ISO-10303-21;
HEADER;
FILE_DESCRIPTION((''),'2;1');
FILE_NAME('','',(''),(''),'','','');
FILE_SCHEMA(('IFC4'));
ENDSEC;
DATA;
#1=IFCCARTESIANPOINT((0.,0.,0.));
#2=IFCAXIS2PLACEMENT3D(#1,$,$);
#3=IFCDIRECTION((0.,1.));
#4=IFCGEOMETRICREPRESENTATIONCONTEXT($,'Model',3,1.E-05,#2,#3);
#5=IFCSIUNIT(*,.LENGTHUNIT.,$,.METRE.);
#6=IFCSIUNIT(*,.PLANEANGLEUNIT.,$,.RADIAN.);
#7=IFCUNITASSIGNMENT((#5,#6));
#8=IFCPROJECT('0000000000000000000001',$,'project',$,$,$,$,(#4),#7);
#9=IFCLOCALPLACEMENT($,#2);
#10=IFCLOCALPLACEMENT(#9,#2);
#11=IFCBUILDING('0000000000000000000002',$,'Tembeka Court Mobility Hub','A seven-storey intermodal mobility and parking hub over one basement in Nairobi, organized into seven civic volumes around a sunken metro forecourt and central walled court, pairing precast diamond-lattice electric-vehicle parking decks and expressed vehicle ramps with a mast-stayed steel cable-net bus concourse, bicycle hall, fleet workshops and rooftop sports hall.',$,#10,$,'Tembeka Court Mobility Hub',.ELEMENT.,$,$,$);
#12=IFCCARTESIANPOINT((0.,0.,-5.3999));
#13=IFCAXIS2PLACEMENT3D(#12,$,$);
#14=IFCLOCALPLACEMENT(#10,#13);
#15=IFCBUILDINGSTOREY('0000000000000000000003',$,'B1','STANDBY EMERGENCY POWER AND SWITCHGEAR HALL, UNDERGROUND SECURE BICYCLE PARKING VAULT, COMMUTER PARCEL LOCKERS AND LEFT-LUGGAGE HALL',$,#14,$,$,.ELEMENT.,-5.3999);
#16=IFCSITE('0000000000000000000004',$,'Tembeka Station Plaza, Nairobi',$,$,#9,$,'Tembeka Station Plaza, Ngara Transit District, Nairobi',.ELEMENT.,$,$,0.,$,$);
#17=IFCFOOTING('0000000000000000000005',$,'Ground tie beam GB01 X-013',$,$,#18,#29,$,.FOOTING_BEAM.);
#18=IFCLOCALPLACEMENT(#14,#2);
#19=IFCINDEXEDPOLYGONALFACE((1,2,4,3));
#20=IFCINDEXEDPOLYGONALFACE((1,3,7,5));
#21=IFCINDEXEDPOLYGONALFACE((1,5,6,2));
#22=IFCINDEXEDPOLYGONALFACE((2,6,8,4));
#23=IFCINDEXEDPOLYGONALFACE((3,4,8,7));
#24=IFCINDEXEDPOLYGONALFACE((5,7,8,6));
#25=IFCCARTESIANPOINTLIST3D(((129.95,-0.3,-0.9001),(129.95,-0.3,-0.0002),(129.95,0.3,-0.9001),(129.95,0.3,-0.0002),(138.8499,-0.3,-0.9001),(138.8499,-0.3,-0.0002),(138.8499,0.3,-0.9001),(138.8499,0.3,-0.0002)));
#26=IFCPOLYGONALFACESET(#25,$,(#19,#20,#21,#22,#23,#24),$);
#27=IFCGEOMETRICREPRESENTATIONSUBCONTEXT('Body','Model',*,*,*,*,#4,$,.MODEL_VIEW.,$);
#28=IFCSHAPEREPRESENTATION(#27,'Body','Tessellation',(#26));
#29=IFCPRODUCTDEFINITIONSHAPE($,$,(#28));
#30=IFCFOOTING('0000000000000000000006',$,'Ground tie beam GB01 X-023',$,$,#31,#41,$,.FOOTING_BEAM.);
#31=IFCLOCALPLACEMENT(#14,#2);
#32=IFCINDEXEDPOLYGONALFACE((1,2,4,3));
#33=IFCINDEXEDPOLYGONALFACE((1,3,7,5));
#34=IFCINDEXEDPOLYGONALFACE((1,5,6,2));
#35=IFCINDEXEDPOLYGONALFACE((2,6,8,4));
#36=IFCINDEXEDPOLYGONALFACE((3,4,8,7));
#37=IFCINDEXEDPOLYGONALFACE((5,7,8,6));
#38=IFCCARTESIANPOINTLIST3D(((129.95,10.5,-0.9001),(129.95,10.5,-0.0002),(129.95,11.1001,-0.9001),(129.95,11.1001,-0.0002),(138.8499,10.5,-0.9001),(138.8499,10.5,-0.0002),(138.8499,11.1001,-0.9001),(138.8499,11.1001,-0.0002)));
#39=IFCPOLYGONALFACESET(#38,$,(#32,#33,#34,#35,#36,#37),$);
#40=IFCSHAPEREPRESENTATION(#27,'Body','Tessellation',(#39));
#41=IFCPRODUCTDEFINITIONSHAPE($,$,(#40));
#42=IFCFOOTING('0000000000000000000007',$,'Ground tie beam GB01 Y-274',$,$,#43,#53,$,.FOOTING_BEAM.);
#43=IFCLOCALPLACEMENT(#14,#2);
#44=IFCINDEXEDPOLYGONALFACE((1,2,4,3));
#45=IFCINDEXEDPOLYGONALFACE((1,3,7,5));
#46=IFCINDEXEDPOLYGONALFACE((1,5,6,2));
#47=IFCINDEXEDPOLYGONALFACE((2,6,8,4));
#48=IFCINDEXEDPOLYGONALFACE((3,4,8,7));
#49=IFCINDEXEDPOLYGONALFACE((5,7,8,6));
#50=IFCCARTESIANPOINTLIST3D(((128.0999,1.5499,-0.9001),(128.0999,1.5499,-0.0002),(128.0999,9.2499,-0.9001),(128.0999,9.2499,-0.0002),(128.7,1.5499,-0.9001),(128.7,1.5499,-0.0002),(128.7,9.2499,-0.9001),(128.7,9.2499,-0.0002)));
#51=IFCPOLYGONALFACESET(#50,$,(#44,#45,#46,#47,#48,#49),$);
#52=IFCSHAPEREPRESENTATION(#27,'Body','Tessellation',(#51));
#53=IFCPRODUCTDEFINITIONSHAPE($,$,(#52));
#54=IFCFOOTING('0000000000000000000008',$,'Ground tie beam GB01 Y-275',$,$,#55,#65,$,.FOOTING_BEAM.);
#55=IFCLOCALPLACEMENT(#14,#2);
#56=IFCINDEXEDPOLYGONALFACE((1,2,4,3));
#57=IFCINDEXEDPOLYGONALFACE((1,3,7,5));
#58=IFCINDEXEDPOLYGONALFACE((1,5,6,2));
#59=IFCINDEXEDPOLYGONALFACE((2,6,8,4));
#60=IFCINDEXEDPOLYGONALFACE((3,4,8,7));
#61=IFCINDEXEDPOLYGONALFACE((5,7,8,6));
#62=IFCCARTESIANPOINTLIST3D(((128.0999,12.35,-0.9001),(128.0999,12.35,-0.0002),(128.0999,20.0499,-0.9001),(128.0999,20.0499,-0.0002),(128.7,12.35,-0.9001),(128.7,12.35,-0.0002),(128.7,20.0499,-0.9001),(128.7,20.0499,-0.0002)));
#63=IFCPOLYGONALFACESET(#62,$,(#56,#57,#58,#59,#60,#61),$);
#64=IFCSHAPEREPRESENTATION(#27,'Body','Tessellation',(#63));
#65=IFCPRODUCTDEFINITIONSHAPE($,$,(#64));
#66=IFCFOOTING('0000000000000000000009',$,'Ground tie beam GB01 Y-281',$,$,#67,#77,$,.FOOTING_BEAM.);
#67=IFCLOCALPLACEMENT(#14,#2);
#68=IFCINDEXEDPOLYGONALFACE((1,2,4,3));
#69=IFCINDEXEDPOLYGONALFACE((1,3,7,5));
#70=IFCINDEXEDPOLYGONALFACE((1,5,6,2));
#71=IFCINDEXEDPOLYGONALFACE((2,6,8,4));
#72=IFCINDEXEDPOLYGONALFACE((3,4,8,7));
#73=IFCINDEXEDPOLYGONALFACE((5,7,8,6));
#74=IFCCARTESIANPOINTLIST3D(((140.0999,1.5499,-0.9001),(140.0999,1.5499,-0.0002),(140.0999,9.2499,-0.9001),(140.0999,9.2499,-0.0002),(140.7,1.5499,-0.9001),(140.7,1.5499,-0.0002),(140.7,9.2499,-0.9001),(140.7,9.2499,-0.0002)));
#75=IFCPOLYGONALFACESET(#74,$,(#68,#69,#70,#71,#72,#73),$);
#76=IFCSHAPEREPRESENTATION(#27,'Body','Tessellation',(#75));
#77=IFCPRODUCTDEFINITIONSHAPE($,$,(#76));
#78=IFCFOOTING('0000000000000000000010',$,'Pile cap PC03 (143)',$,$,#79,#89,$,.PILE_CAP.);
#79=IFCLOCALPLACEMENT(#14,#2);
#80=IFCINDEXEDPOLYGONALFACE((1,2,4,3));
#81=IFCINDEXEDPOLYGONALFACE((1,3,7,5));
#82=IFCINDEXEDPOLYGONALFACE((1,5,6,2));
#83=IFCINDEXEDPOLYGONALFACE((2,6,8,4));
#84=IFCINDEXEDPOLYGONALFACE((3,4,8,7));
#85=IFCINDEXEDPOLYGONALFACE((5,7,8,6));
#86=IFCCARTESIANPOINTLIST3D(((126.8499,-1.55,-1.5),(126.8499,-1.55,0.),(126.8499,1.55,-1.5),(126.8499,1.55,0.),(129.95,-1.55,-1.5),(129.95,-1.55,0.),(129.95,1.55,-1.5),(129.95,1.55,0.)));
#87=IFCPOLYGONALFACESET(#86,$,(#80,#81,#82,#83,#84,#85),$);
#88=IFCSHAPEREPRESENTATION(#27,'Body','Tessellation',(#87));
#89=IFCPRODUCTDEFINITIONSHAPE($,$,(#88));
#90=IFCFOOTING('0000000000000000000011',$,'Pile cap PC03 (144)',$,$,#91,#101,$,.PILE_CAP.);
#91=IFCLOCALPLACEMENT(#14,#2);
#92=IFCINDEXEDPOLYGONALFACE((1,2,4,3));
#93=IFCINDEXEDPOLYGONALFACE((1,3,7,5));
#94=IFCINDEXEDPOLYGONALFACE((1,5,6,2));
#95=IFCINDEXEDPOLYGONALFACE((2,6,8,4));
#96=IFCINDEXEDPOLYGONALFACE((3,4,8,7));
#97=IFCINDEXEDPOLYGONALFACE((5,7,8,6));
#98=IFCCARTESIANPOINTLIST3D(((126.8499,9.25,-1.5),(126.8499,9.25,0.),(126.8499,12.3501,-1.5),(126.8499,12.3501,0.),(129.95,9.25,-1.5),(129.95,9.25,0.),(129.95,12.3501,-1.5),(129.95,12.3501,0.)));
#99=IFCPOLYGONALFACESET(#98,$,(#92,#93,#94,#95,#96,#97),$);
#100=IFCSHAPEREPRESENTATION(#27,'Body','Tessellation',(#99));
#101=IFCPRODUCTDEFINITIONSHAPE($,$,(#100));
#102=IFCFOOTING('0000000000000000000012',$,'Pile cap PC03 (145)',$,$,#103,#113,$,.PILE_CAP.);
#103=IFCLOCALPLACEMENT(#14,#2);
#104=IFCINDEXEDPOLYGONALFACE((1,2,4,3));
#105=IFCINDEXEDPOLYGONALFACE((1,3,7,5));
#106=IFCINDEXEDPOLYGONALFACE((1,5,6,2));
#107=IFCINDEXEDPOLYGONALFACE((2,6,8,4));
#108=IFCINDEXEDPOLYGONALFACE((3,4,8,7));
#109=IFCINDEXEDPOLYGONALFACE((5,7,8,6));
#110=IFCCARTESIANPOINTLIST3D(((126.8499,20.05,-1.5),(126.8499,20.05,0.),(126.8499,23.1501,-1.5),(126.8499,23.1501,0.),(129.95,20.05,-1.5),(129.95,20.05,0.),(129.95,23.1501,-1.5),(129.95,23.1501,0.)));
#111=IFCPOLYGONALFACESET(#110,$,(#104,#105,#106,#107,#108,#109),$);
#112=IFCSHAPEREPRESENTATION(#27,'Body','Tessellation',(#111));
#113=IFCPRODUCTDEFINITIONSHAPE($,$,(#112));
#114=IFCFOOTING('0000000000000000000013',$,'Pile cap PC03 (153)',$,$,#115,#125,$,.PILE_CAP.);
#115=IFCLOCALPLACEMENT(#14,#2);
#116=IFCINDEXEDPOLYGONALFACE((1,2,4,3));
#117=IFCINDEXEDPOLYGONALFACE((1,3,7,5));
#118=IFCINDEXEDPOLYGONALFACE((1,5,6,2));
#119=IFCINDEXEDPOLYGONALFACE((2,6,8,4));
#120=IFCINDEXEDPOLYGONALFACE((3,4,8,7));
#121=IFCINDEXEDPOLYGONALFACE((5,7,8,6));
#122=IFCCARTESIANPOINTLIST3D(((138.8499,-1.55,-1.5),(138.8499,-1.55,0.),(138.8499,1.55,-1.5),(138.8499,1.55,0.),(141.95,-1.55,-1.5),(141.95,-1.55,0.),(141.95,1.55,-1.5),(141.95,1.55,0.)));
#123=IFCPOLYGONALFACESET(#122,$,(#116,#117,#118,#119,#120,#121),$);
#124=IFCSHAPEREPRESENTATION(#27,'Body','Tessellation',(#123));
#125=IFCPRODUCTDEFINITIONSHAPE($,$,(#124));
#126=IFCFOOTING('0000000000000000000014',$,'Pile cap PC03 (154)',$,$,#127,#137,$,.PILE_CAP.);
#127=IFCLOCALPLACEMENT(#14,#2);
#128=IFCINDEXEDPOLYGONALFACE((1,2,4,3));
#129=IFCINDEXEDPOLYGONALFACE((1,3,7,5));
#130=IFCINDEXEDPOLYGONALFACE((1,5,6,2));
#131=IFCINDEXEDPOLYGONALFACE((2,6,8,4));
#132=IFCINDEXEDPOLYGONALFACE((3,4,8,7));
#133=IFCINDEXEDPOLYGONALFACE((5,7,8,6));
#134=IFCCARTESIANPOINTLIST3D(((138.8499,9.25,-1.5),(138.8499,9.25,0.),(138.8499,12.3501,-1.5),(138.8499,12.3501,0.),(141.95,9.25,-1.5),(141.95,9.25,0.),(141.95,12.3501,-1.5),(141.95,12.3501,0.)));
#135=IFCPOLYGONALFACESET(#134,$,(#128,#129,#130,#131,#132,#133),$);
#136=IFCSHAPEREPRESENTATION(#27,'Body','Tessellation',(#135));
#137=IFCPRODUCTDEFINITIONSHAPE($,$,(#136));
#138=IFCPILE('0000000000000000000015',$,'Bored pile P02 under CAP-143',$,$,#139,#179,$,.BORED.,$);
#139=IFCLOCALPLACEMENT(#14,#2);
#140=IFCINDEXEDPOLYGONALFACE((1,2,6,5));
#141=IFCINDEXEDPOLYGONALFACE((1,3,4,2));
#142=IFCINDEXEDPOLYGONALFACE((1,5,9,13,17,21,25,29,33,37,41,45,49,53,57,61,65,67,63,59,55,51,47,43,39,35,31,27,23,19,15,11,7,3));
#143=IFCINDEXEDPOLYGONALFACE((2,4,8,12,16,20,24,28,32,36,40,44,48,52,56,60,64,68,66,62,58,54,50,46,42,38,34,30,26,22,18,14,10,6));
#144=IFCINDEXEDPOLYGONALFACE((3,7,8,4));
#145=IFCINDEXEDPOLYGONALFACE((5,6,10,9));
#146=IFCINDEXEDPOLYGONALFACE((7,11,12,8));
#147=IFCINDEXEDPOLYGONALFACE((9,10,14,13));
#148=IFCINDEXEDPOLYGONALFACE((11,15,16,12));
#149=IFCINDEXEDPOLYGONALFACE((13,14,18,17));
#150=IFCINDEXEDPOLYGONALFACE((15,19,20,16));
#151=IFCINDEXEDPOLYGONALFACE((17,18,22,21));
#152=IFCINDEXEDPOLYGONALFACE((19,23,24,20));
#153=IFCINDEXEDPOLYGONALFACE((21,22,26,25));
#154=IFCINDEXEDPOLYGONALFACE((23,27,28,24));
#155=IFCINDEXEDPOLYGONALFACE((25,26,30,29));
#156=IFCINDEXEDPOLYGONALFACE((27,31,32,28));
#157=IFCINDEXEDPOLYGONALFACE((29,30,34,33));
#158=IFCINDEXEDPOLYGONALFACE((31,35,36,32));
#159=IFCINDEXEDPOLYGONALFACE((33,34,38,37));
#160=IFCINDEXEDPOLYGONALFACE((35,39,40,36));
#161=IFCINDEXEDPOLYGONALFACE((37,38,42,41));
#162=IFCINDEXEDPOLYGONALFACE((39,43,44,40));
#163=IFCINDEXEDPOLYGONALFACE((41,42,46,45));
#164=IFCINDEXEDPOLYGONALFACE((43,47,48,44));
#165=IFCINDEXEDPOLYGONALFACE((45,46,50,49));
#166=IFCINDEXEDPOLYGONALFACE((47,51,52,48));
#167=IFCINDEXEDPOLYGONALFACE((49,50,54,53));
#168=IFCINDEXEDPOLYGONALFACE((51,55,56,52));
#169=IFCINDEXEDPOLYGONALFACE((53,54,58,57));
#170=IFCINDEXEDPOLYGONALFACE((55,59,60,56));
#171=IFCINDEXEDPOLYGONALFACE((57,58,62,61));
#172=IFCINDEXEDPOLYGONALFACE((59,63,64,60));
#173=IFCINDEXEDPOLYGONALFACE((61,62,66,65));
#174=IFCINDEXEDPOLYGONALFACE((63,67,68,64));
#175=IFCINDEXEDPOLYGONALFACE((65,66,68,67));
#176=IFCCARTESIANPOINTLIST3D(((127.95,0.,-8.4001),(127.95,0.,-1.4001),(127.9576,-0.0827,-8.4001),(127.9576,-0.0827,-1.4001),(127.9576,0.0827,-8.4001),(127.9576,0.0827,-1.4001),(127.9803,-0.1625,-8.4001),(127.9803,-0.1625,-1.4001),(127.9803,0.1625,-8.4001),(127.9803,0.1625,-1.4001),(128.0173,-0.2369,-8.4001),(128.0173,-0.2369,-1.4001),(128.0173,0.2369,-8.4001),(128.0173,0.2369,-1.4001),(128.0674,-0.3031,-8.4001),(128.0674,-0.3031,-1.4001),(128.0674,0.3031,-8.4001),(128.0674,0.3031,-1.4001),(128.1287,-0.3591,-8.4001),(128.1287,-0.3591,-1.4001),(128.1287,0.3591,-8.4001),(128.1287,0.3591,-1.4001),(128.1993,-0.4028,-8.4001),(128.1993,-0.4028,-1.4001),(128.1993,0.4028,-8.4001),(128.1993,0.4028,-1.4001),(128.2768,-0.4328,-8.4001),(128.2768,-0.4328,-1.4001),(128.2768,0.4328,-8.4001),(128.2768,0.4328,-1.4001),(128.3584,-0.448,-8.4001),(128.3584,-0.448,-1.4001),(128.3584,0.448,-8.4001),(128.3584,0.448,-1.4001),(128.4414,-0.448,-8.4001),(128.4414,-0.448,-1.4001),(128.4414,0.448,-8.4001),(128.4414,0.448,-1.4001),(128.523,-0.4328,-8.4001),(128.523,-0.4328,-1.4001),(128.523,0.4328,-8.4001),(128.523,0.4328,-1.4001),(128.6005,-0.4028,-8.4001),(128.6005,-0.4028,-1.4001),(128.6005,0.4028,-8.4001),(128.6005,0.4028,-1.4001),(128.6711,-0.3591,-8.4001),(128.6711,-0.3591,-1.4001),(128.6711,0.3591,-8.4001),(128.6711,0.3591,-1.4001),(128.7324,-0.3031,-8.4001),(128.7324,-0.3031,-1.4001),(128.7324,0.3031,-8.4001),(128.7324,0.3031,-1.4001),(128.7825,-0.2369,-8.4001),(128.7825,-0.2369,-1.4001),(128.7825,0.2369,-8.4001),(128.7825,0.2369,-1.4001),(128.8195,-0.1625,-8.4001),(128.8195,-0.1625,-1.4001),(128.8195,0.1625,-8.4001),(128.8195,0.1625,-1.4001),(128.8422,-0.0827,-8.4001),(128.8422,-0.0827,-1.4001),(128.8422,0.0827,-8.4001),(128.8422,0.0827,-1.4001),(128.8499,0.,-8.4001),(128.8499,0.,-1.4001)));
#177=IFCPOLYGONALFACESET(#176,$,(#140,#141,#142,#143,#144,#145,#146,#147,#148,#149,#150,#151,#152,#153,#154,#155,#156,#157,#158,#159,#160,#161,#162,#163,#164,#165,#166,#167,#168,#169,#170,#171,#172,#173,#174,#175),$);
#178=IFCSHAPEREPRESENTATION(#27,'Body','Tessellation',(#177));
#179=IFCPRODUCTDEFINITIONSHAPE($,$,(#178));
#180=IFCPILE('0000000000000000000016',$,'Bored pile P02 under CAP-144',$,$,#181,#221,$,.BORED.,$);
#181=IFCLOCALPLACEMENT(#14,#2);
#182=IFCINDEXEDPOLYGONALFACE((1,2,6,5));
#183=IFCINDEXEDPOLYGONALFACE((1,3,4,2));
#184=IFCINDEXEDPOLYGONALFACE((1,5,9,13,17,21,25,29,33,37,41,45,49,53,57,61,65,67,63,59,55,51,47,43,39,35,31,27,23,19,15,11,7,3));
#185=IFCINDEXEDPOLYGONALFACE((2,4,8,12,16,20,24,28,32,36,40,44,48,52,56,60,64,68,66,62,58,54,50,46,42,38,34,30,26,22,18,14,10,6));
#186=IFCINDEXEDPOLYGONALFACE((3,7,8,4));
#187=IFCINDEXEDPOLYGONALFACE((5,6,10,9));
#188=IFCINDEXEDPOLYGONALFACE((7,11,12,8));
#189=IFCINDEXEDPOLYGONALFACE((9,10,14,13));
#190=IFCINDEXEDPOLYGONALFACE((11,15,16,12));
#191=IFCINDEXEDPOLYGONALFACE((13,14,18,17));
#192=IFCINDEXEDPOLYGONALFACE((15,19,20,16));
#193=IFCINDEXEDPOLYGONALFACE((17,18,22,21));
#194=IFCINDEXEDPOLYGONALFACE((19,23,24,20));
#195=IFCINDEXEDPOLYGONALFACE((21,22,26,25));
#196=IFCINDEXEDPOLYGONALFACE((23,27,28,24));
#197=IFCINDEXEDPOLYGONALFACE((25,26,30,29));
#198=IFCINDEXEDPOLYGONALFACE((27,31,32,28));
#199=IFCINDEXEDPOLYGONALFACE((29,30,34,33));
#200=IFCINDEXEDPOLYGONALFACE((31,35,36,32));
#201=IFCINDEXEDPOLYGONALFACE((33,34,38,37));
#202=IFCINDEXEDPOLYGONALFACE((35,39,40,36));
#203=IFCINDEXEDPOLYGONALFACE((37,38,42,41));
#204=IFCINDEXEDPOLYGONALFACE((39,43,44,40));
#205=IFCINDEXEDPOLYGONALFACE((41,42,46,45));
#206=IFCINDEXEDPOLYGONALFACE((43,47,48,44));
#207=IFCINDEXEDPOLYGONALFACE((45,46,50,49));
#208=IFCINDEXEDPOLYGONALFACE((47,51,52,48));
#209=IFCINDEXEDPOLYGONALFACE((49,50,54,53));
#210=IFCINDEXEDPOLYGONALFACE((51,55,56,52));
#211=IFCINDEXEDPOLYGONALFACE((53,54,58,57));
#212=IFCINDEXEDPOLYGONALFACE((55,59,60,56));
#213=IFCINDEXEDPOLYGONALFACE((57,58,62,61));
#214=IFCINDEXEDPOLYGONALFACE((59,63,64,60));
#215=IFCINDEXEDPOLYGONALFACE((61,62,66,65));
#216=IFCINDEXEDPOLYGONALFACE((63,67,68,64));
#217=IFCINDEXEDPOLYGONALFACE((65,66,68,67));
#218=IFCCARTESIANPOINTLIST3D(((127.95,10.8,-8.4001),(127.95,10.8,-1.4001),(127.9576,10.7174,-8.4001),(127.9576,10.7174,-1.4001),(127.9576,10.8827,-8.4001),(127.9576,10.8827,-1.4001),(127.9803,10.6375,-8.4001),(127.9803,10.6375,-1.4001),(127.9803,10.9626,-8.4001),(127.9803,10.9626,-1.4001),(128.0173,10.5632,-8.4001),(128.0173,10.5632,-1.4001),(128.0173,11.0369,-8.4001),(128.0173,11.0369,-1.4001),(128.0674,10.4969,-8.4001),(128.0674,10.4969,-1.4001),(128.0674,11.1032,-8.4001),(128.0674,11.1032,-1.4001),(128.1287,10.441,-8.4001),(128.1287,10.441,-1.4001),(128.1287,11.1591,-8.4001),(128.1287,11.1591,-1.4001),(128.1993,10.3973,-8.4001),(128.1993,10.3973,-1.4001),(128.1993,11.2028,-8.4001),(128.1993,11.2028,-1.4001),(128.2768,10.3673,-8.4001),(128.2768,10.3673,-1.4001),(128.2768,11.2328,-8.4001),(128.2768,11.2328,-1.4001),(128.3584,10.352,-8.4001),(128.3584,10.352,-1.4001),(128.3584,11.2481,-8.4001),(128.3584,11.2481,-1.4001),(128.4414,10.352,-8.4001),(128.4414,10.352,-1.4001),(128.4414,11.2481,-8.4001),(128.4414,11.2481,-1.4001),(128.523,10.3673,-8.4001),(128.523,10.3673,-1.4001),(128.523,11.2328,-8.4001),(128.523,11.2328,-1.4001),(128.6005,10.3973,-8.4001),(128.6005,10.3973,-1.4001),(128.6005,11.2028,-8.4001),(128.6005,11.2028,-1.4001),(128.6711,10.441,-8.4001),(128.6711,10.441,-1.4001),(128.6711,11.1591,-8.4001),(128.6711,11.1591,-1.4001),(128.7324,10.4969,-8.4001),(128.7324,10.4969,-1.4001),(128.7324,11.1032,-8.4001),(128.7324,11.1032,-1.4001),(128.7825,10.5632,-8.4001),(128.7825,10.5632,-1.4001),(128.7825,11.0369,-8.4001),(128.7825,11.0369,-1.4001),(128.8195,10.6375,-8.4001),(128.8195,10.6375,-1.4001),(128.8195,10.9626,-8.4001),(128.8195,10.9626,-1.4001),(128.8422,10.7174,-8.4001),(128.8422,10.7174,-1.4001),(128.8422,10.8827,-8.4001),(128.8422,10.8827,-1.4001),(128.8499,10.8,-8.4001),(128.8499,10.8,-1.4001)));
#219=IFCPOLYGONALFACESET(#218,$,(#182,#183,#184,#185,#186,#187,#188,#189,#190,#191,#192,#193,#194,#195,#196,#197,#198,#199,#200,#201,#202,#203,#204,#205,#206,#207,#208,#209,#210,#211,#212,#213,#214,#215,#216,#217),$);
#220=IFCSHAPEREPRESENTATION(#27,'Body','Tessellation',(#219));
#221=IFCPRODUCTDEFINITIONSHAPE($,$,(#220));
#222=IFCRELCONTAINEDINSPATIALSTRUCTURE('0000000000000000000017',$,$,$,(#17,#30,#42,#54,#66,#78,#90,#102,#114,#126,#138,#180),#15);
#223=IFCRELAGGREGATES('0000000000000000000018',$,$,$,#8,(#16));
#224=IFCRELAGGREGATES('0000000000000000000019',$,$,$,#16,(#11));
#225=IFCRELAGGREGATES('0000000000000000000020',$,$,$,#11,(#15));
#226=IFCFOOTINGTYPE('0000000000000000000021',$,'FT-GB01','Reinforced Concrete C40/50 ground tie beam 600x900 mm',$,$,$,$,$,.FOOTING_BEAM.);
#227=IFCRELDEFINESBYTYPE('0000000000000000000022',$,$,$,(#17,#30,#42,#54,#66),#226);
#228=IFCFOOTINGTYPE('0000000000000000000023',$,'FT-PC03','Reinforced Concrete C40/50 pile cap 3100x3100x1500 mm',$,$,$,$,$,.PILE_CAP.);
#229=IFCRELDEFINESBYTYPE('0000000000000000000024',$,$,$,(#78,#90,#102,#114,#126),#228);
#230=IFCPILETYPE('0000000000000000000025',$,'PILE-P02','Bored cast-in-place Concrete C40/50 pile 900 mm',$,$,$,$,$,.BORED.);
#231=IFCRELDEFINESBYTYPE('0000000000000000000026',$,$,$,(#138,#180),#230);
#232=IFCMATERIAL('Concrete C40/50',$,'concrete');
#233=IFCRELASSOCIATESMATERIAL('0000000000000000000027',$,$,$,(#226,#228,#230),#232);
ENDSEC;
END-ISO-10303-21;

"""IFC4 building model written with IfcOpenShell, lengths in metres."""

from ifc_helpers import new_model, si_unit, direction, frame, origin, origin_2d, place, context, subcontext, project, spatial, rectangle, circle, extrude, material, material_profile, profile_set, type_object, element, save


model = new_model("IFC4")

# Units and contexts
model_context = context("Model", 3, precision=1e-05, world=origin(), true_north=direction((0.0, 1.0)))
body_context = subcontext(model_context, "Body", "Model", "MODEL_VIEW")
ifc_project = project(units=[si_unit("LENGTHUNIT", "METRE"), si_unit("PLANEANGLEUNIT", "RADIAN")], contexts=[model_context])

# Site, building, storey
site_placement = place(None, origin())
site = spatial("IfcSite", under=ifc_project, at=site_placement, Name="Tembeka Station Plaza, Nairobi", LongName="Tembeka Station Plaza, Ngara Transit District, Nairobi", CompositionType="ELEMENT", RefElevation=0.0)
building_placement = place(site_placement, origin())
building = spatial("IfcBuilding", under=site, at=building_placement, Name="Tembeka Court Mobility Hub", Description="A seven-storey intermodal mobility and parking hub over one basement in Nairobi, organized into seven civic volumes around a sunken metro forecourt and central walled court, pairing precast diamond-lattice electric-vehicle parking decks and expressed vehicle ramps with a mast-stayed steel cable-net bus concourse, bicycle hall, fleet workshops and rooftop sports hall.", LongName="Tembeka Court Mobility Hub", CompositionType="ELEMENT")
storey_placement = place(building_placement, frame((0.0, 0.0, -5.3999)))
storey = spatial("IfcBuildingStorey", under=building, at=storey_placement, Name="B1", Description="STANDBY EMERGENCY POWER AND SWITCHGEAR HALL, UNDERGROUND SECURE BICYCLE PARKING VAULT, COMMUTER PARCEL LOCKERS AND LEFT-LUGGAGE HALL", CompositionType="ELEMENT", Elevation=-5.3999)

# Footings
ifc_material_1 = material(Name="Concrete C40/50", Category="concrete")
footing_type_1 = type_object("IfcFootingType", Name="FT-GB01", Description="Reinforced Concrete C40/50 ground tie beam 600x900 mm", PredefinedType="FOOTING_BEAM", material=ifc_material_1)
for number, where, z_axis, x_axis, name in (
    (1, (134.3999, 0.0, -0.9001), (0.0, 0.0, 1.0), (1.0, 0.0, 0.0), "Ground tie beam GB01 X-013"),
    (2, (134.3999, 10.8, -0.9001), (0.0, 0.0, 1.0), (1.0, 0.0, 0.0), "Ground tie beam GB01 X-023"),
):
    element("IfcFooting", number, at=place(storey_placement, frame(where, z_axis=z_axis, x_axis=x_axis)), inside=storey, type_object=footing_type_1, Name=name, PredefinedType="FOOTING_BEAM", context=body_context, shape_type="SweptSolid", body=[
        extrude(rectangle(XDim=8.8999, YDim=0.6001, at=origin_2d()), origin(), (0.0, 0.0, 1.0), 0.8999),
    ])
for number, where, z_axis, x_axis, name in (
    (3, (128.3999, 5.3999, -0.9001), (0.0, 0.0, 1.0), (0.0, 1.0, 0.0), "Ground tie beam GB01 Y-274"),
    (4, (128.3999, 16.2, -0.9001), (0.0, 0.0, 1.0), (0.0, 1.0, 0.0), "Ground tie beam GB01 Y-275"),
    (5, (140.3999, 5.3999, -0.9001), (0.0, 0.0, 1.0), (0.0, 1.0, 0.0), "Ground tie beam GB01 Y-281"),
):
    element("IfcFooting", number, at=place(storey_placement, frame(where, z_axis=z_axis, x_axis=x_axis)), inside=storey, type_object=footing_type_1, Name=name, PredefinedType="FOOTING_BEAM", context=body_context, shape_type="SweptSolid", body=[
        extrude(rectangle(XDim=7.7, YDim=0.6001, at=origin_2d()), origin(), (0.0, 0.0, 1.0), 0.8999),
    ])
footing_type_2 = type_object("IfcFootingType", Name="FT-PC03", Description="Reinforced Concrete C40/50 pile cap 3100x3100x1500 mm", PredefinedType="PILE_CAP", material=ifc_material_1)
for number, where, z_axis, x_axis, name in (
    (6, (128.3999, 0.0, -1.5), (0.0, 0.0, 1.0), (1.0, 0.0, 0.0), "Pile cap PC03 (143)"),
    (7, (128.3999, 10.8, -1.5), (0.0, 0.0, 1.0), (1.0, 0.0, 0.0), "Pile cap PC03 (144)"),
    (8, (128.3999, 21.6001, -1.5), (0.0, 0.0, 1.0), (1.0, 0.0, 0.0), "Pile cap PC03 (145)"),
    (9, (140.3999, 0.0, -1.5), (0.0, 0.0, 1.0), (1.0, 0.0, 0.0), "Pile cap PC03 (153)"),
    (10, (140.3999, 10.8, -1.5), (0.0, 0.0, 1.0), (1.0, 0.0, 0.0), "Pile cap PC03 (154)"),
):
    element("IfcFooting", number, at=place(storey_placement, frame(where, z_axis=z_axis, x_axis=x_axis)), inside=storey, type_object=footing_type_2, Name=name, PredefinedType="PILE_CAP", context=body_context, shape_type="SweptSolid", body=[
        extrude(rectangle(XDim=3.1001, YDim=3.1001, at=origin_2d()), origin(), (0.0, 0.0, 1.0), 1.5),
    ])

# Piles
ifc_material_profile_1 = material_profile(ifc_material_1, circle(Radius=0.45, at=origin_2d()), Name="PILE D900")
ifc_profile_set_1 = profile_set([ifc_material_profile_1], Name="Concrete C40/50")
pile_type = type_object("IfcPileType", Name="PILE-P02", Description="Bored cast-in-place Concrete C40/50 pile 900 mm", PredefinedType="BORED", material=ifc_profile_set_1)
for number, where, z_axis, x_axis, name in (
    (11, (128.3999, 0.0, -1.4001), (0.0, 0.0, -1.0), (1.0, 0.0, 0.0), "Bored pile P02 under CAP-143"),
    (12, (128.3999, 10.8, -1.4001), (0.0, 0.0, -1.0), (1.0, 0.0, 0.0), "Bored pile P02 under CAP-144"),
):
    element("IfcPile", number, at=place(storey_placement, frame(where, z_axis=z_axis, x_axis=x_axis)), inside=storey, type_object=pile_type, Name=name, PredefinedType="BORED", context=body_context, shape_type="SweptSolid", body=[
        extrude(circle(Radius=0.45, at=origin_2d()), origin(), (0.0, 0.0, 1.0), 7.0),
    ])

save(model, "model.ifc")
